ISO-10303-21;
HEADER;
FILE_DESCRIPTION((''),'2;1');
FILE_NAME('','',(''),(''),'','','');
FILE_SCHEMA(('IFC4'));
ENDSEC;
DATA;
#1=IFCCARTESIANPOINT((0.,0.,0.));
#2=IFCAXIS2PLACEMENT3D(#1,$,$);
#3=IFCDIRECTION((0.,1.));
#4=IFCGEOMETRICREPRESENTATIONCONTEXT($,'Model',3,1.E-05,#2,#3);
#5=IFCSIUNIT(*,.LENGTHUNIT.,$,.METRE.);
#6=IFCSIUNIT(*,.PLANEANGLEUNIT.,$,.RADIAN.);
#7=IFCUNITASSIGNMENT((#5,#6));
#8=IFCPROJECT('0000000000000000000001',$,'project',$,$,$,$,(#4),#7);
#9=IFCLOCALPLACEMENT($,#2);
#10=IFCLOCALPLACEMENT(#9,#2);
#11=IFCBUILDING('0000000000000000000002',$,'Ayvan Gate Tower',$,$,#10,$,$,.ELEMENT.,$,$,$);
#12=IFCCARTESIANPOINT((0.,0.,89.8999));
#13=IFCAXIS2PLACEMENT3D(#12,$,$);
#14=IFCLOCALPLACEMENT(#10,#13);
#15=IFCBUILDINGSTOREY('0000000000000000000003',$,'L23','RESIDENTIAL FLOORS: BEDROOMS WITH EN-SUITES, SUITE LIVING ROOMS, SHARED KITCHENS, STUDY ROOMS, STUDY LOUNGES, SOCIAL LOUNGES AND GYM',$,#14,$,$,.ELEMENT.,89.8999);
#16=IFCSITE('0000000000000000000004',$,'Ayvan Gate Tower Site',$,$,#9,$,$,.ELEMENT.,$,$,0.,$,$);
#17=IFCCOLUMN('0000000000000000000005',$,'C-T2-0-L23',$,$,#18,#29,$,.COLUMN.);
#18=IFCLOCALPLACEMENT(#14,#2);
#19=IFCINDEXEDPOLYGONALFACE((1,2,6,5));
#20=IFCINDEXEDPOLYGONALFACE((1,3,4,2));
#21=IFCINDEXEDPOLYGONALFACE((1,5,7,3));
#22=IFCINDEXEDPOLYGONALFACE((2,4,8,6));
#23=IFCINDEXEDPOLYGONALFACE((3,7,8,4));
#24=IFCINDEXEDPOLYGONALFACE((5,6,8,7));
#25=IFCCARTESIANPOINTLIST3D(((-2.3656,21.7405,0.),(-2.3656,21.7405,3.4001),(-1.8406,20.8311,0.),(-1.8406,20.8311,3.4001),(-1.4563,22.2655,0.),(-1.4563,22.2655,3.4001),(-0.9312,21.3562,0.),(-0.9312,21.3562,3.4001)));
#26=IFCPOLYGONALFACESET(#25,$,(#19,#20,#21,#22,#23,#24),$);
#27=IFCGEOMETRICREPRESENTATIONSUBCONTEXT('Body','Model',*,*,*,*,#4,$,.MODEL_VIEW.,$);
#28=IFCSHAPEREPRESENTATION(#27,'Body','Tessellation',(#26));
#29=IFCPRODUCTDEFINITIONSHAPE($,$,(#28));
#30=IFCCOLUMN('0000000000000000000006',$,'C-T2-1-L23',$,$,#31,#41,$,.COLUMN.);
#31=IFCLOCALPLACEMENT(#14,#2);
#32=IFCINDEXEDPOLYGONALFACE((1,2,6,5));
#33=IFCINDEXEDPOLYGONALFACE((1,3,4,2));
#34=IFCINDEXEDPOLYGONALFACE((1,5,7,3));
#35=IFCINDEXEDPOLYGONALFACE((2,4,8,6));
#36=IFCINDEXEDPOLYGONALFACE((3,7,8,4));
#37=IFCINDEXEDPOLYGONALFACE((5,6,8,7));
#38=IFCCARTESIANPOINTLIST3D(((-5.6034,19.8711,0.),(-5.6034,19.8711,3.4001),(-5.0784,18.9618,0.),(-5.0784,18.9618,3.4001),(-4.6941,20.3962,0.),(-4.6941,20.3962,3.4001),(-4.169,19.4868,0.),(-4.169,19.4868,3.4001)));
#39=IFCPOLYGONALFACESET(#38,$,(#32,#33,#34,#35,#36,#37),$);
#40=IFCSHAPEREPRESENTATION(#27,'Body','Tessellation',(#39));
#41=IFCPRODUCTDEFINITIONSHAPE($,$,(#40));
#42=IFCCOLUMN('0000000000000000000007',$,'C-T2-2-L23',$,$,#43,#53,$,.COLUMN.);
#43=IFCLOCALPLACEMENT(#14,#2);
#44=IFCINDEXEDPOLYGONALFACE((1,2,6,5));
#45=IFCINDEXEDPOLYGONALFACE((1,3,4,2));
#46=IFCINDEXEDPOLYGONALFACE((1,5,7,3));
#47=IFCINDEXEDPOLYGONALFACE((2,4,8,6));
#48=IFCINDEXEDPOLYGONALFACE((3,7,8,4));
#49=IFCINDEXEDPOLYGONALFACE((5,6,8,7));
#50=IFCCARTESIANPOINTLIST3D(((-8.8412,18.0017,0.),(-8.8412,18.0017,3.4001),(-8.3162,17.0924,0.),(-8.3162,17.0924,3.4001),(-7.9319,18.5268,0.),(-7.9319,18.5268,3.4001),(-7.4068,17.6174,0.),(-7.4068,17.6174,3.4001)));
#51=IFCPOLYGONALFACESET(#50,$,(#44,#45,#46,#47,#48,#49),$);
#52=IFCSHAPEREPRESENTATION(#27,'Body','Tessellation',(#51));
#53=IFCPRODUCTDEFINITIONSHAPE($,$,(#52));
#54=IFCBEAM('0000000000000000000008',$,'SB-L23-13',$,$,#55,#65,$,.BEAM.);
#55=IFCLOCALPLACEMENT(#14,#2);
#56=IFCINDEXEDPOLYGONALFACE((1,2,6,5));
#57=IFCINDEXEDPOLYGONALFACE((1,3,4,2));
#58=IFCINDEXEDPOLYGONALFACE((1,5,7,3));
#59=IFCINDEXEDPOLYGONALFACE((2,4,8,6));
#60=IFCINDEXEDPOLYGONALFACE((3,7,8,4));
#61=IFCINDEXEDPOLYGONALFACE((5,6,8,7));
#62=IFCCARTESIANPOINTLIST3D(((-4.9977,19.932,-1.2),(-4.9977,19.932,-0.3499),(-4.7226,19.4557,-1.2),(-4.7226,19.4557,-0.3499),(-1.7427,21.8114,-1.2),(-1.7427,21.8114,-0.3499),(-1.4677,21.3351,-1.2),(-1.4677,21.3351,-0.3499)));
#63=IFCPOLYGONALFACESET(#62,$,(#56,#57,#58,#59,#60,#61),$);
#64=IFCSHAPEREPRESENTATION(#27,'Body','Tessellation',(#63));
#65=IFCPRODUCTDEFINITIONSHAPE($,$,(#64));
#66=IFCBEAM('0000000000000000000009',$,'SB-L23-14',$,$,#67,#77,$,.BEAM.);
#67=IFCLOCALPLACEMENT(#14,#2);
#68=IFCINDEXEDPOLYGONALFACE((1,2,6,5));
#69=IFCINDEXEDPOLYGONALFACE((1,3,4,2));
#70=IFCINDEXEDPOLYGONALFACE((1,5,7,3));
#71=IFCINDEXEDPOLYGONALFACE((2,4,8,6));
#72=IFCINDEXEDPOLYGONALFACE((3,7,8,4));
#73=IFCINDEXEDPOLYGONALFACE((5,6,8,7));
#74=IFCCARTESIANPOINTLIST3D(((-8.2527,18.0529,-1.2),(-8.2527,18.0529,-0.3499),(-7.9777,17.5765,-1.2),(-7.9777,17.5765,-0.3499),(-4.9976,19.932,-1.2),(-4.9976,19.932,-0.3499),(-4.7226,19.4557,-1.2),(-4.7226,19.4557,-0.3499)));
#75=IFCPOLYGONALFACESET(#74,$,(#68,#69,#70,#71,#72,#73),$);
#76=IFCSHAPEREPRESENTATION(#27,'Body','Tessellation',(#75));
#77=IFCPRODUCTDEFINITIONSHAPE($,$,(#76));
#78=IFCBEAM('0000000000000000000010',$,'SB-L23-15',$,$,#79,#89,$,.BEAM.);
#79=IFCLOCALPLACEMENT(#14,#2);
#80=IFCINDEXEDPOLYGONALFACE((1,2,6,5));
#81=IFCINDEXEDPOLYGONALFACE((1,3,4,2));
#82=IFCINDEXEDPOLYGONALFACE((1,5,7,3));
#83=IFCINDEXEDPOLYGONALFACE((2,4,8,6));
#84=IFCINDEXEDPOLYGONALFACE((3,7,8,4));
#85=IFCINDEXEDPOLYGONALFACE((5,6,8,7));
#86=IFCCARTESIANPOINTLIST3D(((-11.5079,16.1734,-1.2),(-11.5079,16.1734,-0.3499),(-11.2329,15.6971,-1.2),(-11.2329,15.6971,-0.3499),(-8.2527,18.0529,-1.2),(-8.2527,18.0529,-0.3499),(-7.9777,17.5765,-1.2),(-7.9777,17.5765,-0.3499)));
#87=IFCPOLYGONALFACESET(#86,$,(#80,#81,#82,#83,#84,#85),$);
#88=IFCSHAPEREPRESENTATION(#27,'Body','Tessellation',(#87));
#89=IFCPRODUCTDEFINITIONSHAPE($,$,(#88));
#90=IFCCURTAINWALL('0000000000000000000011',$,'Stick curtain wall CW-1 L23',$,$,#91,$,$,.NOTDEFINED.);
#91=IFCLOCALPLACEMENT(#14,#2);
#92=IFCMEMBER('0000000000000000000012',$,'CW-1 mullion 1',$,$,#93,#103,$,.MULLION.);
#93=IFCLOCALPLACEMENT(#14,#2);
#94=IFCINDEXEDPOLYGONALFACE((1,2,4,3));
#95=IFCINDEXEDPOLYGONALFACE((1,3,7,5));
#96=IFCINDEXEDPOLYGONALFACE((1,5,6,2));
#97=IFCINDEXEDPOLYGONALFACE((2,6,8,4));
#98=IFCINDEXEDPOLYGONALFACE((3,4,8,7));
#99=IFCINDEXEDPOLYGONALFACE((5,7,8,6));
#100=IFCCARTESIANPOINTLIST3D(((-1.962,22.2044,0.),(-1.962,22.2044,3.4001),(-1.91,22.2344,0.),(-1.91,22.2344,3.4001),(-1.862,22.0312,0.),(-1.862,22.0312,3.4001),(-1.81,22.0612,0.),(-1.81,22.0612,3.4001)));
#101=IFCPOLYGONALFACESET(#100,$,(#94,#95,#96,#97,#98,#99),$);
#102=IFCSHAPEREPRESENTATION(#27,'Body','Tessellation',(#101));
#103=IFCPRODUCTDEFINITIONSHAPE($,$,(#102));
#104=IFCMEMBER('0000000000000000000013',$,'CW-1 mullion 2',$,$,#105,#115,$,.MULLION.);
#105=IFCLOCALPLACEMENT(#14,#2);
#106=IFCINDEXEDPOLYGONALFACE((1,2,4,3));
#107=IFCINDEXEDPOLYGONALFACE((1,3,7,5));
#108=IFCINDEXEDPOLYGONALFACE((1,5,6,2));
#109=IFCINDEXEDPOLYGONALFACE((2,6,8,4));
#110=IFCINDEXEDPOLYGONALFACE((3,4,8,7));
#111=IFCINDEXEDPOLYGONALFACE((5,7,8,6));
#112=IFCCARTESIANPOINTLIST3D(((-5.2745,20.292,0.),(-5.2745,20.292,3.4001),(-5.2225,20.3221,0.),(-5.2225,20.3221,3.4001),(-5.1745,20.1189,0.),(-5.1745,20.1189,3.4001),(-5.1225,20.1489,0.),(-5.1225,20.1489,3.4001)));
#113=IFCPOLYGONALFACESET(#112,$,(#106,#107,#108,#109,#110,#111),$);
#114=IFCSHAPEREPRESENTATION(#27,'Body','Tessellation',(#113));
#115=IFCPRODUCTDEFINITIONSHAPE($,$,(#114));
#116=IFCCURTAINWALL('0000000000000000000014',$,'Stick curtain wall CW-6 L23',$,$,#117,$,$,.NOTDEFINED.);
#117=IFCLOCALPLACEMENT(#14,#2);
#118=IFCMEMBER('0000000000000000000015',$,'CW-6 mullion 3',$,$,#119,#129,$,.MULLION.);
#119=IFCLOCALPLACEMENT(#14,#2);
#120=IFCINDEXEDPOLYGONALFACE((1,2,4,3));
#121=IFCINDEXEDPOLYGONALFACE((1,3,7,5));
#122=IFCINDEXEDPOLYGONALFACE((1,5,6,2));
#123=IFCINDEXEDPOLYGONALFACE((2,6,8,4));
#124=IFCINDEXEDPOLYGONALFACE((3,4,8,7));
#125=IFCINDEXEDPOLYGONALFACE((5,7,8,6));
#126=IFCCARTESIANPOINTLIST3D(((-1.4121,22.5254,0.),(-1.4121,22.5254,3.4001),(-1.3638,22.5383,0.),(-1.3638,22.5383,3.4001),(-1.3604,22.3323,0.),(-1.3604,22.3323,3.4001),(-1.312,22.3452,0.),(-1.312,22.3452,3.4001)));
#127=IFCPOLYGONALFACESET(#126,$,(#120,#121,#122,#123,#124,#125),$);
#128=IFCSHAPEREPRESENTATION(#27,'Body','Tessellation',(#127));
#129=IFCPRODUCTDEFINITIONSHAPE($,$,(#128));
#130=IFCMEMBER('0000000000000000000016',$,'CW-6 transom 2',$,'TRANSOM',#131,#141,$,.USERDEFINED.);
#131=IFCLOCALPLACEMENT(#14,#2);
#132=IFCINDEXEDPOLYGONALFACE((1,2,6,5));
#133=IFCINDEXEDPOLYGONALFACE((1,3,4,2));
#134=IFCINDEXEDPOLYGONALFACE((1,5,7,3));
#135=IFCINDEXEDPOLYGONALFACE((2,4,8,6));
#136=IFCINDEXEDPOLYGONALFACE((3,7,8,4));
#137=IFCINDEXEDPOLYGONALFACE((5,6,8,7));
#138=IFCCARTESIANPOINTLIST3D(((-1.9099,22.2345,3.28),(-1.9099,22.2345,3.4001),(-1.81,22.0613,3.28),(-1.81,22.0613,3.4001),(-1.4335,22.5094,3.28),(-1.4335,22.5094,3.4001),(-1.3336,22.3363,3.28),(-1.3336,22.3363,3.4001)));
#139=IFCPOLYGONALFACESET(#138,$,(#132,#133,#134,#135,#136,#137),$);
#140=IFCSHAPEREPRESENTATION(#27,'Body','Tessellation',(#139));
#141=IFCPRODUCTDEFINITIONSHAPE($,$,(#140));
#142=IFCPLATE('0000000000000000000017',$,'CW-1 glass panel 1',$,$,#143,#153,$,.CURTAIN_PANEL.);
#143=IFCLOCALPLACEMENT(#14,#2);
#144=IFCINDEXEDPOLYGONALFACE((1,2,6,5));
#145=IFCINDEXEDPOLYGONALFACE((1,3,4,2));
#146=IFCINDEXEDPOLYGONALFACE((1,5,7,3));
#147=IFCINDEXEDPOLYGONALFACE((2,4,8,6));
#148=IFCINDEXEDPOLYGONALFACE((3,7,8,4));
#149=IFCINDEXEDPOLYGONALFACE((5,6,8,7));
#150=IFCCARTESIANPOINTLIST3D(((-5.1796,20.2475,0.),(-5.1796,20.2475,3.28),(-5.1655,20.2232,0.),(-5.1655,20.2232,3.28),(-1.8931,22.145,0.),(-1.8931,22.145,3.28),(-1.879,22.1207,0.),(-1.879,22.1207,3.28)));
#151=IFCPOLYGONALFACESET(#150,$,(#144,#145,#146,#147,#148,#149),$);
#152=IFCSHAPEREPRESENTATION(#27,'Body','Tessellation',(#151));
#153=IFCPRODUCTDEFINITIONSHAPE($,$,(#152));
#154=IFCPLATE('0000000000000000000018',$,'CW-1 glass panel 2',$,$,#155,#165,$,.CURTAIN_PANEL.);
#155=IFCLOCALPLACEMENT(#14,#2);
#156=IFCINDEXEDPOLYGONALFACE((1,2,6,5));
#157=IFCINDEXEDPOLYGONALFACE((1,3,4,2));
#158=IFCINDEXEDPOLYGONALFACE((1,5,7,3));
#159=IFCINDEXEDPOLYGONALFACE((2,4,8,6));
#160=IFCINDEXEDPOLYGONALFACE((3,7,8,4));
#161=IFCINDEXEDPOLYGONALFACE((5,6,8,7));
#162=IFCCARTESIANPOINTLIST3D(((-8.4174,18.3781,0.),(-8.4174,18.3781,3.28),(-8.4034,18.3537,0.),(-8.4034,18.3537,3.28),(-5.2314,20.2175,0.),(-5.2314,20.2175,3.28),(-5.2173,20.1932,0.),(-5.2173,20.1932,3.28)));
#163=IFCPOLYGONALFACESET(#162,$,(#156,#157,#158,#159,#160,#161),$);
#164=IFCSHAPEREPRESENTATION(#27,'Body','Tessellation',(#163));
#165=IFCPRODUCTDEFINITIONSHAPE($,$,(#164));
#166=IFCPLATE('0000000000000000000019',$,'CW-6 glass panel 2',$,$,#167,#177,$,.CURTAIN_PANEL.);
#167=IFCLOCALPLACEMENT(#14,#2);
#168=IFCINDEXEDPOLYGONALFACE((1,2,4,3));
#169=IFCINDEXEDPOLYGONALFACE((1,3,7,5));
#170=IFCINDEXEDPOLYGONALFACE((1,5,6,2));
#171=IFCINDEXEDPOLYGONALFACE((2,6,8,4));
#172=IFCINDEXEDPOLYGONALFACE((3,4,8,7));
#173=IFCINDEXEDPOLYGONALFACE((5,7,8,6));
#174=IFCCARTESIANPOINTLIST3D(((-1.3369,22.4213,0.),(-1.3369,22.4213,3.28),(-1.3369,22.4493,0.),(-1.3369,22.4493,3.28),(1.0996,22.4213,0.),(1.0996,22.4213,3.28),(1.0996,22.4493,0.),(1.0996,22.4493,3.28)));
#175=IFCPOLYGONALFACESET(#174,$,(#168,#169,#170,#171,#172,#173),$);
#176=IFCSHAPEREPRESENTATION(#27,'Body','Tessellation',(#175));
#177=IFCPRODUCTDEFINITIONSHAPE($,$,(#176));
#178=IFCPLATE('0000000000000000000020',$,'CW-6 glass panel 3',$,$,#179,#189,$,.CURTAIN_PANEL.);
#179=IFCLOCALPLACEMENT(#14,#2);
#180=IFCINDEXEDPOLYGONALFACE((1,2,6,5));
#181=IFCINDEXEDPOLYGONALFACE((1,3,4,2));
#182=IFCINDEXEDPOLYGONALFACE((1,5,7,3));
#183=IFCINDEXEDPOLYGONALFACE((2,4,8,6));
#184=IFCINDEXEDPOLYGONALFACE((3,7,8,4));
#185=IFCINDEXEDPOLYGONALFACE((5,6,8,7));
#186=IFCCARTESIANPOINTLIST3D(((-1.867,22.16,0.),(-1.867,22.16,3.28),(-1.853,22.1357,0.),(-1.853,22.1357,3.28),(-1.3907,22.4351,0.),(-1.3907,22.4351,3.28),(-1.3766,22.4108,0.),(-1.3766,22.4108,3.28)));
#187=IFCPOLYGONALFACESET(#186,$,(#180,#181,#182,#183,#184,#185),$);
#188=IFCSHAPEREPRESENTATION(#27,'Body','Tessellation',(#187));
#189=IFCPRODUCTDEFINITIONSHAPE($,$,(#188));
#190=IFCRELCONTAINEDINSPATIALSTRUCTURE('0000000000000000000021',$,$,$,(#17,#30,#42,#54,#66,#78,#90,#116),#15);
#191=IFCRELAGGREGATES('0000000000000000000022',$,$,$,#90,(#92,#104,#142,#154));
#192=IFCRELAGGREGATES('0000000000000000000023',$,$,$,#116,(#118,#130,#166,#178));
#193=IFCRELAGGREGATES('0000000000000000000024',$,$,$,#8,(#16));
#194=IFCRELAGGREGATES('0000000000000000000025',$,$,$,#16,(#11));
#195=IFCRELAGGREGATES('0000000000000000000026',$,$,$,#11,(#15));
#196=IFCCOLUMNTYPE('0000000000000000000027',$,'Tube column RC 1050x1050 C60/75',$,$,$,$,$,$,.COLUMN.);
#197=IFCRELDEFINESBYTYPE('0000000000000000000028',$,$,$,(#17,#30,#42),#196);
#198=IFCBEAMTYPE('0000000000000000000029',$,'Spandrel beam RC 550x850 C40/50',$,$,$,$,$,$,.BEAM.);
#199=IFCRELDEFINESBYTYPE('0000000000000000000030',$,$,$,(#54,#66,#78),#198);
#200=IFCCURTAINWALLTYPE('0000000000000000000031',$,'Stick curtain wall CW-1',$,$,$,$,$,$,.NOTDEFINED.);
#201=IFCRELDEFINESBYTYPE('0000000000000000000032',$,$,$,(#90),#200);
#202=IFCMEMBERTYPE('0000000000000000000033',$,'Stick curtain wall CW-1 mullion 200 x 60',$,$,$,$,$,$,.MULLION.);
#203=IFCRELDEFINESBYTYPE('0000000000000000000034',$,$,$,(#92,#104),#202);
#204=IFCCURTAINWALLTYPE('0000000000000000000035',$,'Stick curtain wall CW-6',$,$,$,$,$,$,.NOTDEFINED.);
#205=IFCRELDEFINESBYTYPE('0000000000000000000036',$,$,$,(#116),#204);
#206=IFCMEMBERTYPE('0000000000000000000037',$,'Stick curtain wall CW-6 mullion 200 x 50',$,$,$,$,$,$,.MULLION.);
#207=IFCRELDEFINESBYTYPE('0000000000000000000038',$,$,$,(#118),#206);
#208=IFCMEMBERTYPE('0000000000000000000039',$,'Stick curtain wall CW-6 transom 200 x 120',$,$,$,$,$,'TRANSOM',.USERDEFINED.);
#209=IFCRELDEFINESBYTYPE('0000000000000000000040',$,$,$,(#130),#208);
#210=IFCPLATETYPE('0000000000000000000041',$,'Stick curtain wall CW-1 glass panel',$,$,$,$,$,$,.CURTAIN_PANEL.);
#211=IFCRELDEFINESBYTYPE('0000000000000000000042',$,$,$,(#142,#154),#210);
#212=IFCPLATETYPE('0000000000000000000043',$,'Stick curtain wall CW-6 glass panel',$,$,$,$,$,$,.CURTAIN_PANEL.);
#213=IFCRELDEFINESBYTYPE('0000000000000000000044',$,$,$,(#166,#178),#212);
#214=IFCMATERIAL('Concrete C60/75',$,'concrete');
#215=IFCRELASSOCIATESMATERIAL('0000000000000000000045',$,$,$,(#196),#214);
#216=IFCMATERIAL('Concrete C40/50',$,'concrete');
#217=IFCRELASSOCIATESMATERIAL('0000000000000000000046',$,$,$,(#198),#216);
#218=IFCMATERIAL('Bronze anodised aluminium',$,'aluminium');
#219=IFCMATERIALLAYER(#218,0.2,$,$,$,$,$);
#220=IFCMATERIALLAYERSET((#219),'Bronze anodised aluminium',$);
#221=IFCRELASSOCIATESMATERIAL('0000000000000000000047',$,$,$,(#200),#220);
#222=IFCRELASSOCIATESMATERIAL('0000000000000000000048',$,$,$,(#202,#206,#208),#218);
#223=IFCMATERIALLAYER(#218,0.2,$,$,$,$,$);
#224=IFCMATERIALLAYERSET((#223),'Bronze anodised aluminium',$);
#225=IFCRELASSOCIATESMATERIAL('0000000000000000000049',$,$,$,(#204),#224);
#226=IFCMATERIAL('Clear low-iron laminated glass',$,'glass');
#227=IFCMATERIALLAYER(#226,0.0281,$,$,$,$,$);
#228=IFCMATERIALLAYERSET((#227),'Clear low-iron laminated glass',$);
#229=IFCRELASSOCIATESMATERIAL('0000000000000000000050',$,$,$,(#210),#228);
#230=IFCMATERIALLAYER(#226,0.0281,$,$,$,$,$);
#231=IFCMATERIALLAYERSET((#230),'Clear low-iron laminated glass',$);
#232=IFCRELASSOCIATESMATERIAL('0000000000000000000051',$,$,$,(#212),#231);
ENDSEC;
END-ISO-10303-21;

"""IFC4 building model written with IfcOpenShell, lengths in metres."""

from ifc_helpers import new_model, si_unit, direction, frame, origin, origin_2d, place, context, subcontext, project, spatial, rectangle, extrude, material, layer, layer_set, material_profile, profile_set, type_object, element, aggregate, save


model = new_model("IFC4")

# Units and contexts
model_context = context("Model", 3, precision=1e-05, world=origin(), true_north=direction((0.0, 1.0)))
body_context = subcontext(model_context, "Body", "Model", "MODEL_VIEW")
ifc_project = project(units=[si_unit("LENGTHUNIT", "METRE"), si_unit("PLANEANGLEUNIT", "RADIAN")], contexts=[model_context])

# Site, building, storey
site_placement = place(None, origin())
site = spatial("IfcSite", under=ifc_project, at=site_placement, Name="Ayvan Gate Tower Site", CompositionType="ELEMENT", RefElevation=0.0)
building_placement = place(site_placement, origin())
building = spatial("IfcBuilding", under=site, at=building_placement, Name="Ayvan Gate Tower", CompositionType="ELEMENT")
storey_placement = place(building_placement, frame((0.0, 0.0, 89.8999)))
storey = spatial("IfcBuildingStorey", under=building, at=storey_placement, Name="L23", Description="RESIDENTIAL FLOORS: BEDROOMS WITH EN-SUITES, SUITE LIVING ROOMS, SHARED KITCHENS, STUDY ROOMS, STUDY LOUNGES, SOCIAL LOUNGES AND GYM", CompositionType="ELEMENT", Elevation=89.8999)

# Columns
ifc_material_1 = material(Name="Concrete C60/75", Category="concrete")
ifc_material_profile_1 = material_profile(ifc_material_1, rectangle(XDim=1.05, YDim=1.05, at=origin_2d()), Name="RC 1050x1050")
ifc_profile_set_1 = profile_set([ifc_material_profile_1], Name="Concrete C60/75")
column_type = type_object("IfcColumnType", Name="Tube column RC 1050x1050 C60/75", PredefinedType="COLUMN", material=ifc_profile_set_1)
for number, where, z_axis, x_axis, name in (
    (1, (-1.6484, 21.5483, 0.0), (0.0, 0.0, 1.0), (-0.5, 0.866025, 0.0), "C-T2-0-L23"),
    (2, (-4.8862, 19.679, 0.0), (0.0, 0.0, 1.0), (-0.5, 0.866025, 0.0), "C-T2-1-L23"),
    (3, (-8.124, 17.8096, 0.0), (0.0, 0.0, 1.0), (-0.5, 0.866025, 0.0), "C-T2-2-L23"),
):
    element("IfcColumn", number, at=place(storey_placement, frame(where, z_axis=z_axis, x_axis=x_axis)), inside=storey, type_object=column_type, Name=name, PredefinedType="COLUMN", context=body_context, shape_type="SweptSolid", body=[
        extrude(rectangle(XDim=1.05, YDim=1.05, at=origin_2d()), origin(), (0.0, 0.0, 1.0), 3.4001),
    ])

# Beams
ifc_material_2 = material(Name="Concrete C40/50", Category="concrete")
ifc_material_profile_2 = material_profile(ifc_material_2, rectangle(XDim=0.55, YDim=0.8501, at=origin_2d()), Name="RC 550x850")
ifc_profile_set_2 = profile_set([ifc_material_profile_2], Name="Concrete C40/50")
beam_type = type_object("IfcBeamType", Name="Spandrel beam RC 550x850 C40/50", PredefinedType="BEAM", material=ifc_profile_set_2)
for number, where, z_axis, x_axis, name in (
    (4, (-1.6052, 21.5732, -0.7749), (-0.866004, -0.500037, 0.0), (0.500037, -0.866004, 0.0), "SB-L23-13"),
    (5, (-4.8601, 19.6938, -0.7749), (-0.866048, -0.49996, 0.0), (0.49996, -0.866048, 0.0), "SB-L23-14"),
):
    element("IfcBeam", number, at=place(storey_placement, frame(where, z_axis=z_axis, x_axis=x_axis)), inside=storey, type_object=beam_type, Name=name, PredefinedType="BEAM", context=body_context, shape_type="SweptSolid", body=[
        extrude(rectangle(XDim=0.55, YDim=0.8501, at=origin_2d()), origin(), (0.0, 0.0, 1.0), 3.7585),
    ])
beam_placement = place(storey_placement, frame((-8.1152, 17.8147, -0.7749), z_axis=(-0.86602, -0.500009, 0.0), x_axis=(0.500009, -0.86602, 0.0)))
element("IfcBeam", 6, at=beam_placement, inside=storey, type_object=beam_type, Name="SB-L23-15", PredefinedType="BEAM", context=body_context, shape_type="SweptSolid", body=[
    extrude(rectangle(XDim=0.55, YDim=0.8501, at=origin_2d()), origin(), (0.0, 0.0, 1.0), 3.7588),
])

# Curtain walls, members
ifc_material_3 = material(Name="Bronze anodised aluminium", Category="aluminium")
ifc_layer_1 = layer(ifc_material_3, 0.2)
ifc_layer_set_1 = layer_set([ifc_layer_1], Name="Bronze anodised aluminium")
curtain_wall_type_1 = type_object("IfcCurtainWallType", Name="Stick curtain wall CW-1", PredefinedType="NOTDEFINED", material=ifc_layer_set_1)
curtain_wall_1_placement = place(storey_placement, origin())
curtain_wall_1 = element("IfcCurtainWall", 7, at=curtain_wall_1_placement, inside=storey, type_object=curtain_wall_type_1, Name="Stick curtain wall CW-1 L23", PredefinedType="NOTDEFINED")
ifc_material_profile_3 = material_profile(ifc_material_3, rectangle(XDim=0.2, YDim=0.0601, at=origin_2d()), Name="Stick curtain wall CW-1 mullion 200 x 60")
ifc_profile_set_3 = profile_set([ifc_material_profile_3], Name="Bronze anodised aluminium")
member_type_1 = type_object("IfcMemberType", Name="Stick curtain wall CW-1 mullion 200 x 60", PredefinedType="MULLION", material=ifc_profile_set_3)
member_1_placement = place(storey_placement, frame((-1.886, 22.1328, 0.0), z_axis=(0.0, 0.0, 1.0), x_axis=(-0.5, 0.866025, 0.0)))
member_1 = element("IfcMember", 8, at=member_1_placement, type_object=member_type_1, Name="CW-1 mullion 1", PredefinedType="MULLION", context=body_context, shape_type="SweptSolid", body=[
    extrude(rectangle(XDim=0.2, YDim=0.0601, at=origin_2d()), origin(), (0.0, 0.0, 1.0), 3.4001),
])
member_2_placement = place(storey_placement, frame((-5.1985, 20.2205, 0.0), z_axis=(0.0, 0.0, 1.0), x_axis=(-0.5, 0.866025, 0.0)))
member_2 = element("IfcMember", 9, at=member_2_placement, type_object=member_type_1, Name="CW-1 mullion 2", PredefinedType="MULLION", context=body_context, shape_type="SweptSolid", body=[
    extrude(rectangle(XDim=0.2, YDim=0.0601, at=origin_2d()), origin(), (0.0, 0.0, 1.0), 3.4001),
])
ifc_layer_2 = layer(ifc_material_3, 0.2)
ifc_layer_set_2 = layer_set([ifc_layer_2], Name="Bronze anodised aluminium")
curtain_wall_type_2 = type_object("IfcCurtainWallType", Name="Stick curtain wall CW-6", PredefinedType="NOTDEFINED", material=ifc_layer_set_2)
curtain_wall_2_placement = place(storey_placement, origin())
curtain_wall_2 = element("IfcCurtainWall", 10, at=curtain_wall_2_placement, inside=storey, type_object=curtain_wall_type_2, Name="Stick curtain wall CW-6 L23", PredefinedType="NOTDEFINED")
ifc_material_profile_4 = material_profile(ifc_material_3, rectangle(XDim=0.2, YDim=0.05, at=origin_2d()), Name="Stick curtain wall CW-6 mullion 200 x 50")
ifc_profile_set_4 = profile_set([ifc_material_profile_4], Name="Bronze anodised aluminium")
member_type_2 = type_object("IfcMemberType", Name="Stick curtain wall CW-6 mullion 200 x 50", PredefinedType="MULLION", material=ifc_profile_set_4)
member_3_placement = place(storey_placement, frame((-1.3621, 22.4353, 0.0), z_axis=(0.0, 0.0, 1.0), x_axis=(-0.258819, 0.965926, 0.0)))
member_3 = element("IfcMember", 11, at=member_3_placement, type_object=member_type_2, Name="CW-6 mullion 3", PredefinedType="MULLION", context=body_context, shape_type="SweptSolid", body=[
    extrude(rectangle(XDim=0.2, YDim=0.05, at=origin_2d()), origin(), (0.0, 0.0, 1.0), 3.4001),
])
ifc_material_profile_5 = material_profile(ifc_material_3, rectangle(XDim=0.2, YDim=0.1201, at=origin_2d()), Name="Stick curtain wall CW-6 transom 200 x 120")
ifc_profile_set_5 = profile_set([ifc_material_profile_5], Name="Bronze anodised aluminium")
member_type_3 = type_object("IfcMemberType", Name="Stick curtain wall CW-6 transom 200 x 120", ElementType="TRANSOM", PredefinedType="USERDEFINED", material=ifc_profile_set_5)
member_4_placement = place(storey_placement, frame((-1.3835, 22.4229, 3.3401), z_axis=(-0.866104, -0.499863, 0.0), x_axis=(0.499863, -0.866104, 0.0)))
member_4 = element("IfcMember", 12, at=member_4_placement, type_object=member_type_3, Name="CW-6 transom 2", ObjectType="TRANSOM", PredefinedType="USERDEFINED", context=body_context, shape_type="SweptSolid", body=[
    extrude(rectangle(XDim=0.2, YDim=0.1201, at=origin_2d()), origin(), (0.0, 0.0, 1.0), 0.55),
])

# Plates
ifc_material_4 = material(Name="Clear low-iron laminated glass", Category="glass")
ifc_layer_3 = layer(ifc_material_4, 0.0281)
ifc_layer_set_3 = layer_set([ifc_layer_3], Name="Clear low-iron laminated glass")
plate_type_1 = type_object("IfcPlateType", Name="Stick curtain wall CW-1 glass panel", PredefinedType="CURTAIN_PANEL", material=ifc_layer_set_3)
plate_1_placement = place(storey_placement, frame((-3.5293, 21.1841, 0.0), z_axis=(0.0, 0.0, 1.0), x_axis=(-0.866025, -0.5, 0.0)))
plate_1 = element("IfcPlate", 13, at=plate_1_placement, type_object=plate_type_1, Name="CW-1 glass panel 1", PredefinedType="CURTAIN_PANEL", context=body_context, shape_type="SweptSolid", body=[
    extrude(rectangle(XDim=3.7949, YDim=0.0281, at=origin_2d()), origin(), (0.0, 0.0, 1.0), 3.28),
])
plate_2_placement = place(storey_placement, frame((-6.8174, 19.2856, 0.0), z_axis=(0.0, 0.0, 1.0), x_axis=(-0.866025, -0.5, 0.0)))
plate_2 = element("IfcPlate", 14, at=plate_2_placement, type_object=plate_type_1, Name="CW-1 glass panel 2", PredefinedType="CURTAIN_PANEL", context=body_context, shape_type="SweptSolid", body=[
    extrude(rectangle(XDim=3.679, YDim=0.0281, at=origin_2d()), origin(), (0.0, 0.0, 1.0), 3.28),
])
aggregate(curtain_wall_1, [member_1, member_2, plate_1, plate_2])
ifc_layer_4 = layer(ifc_material_4, 0.0281)
ifc_layer_set_4 = layer_set([ifc_layer_4], Name="Clear low-iron laminated glass")
plate_type_2 = type_object("IfcPlateType", Name="Stick curtain wall CW-6 glass panel", PredefinedType="CURTAIN_PANEL", material=ifc_layer_set_4)
plate_3_placement = place(storey_placement, frame((-0.1187, 22.4353, 0.0), z_axis=(0.0, 0.0, 1.0), x_axis=(-1.0, 0.0, 0.0)))
plate_3 = element("IfcPlate", 15, at=plate_3_placement, type_object=plate_type_2, Name="CW-6 glass panel 2", PredefinedType="CURTAIN_PANEL", context=body_context, shape_type="SweptSolid", body=[
    extrude(rectangle(XDim=2.4365, YDim=0.0281, at=origin_2d()), origin(), (0.0, 0.0, 1.0), 3.28),
])
plate_4_placement = place(storey_placement, frame((-1.6218, 22.2854, 0.0), z_axis=(0.0, 0.0, 1.0), x_axis=(-0.866025, -0.5, 0.0)))
plate_4 = element("IfcPlate", 16, at=plate_4_placement, type_object=plate_type_2, Name="CW-6 glass panel 3", PredefinedType="CURTAIN_PANEL", context=body_context, shape_type="SweptSolid", body=[
    extrude(rectangle(XDim=0.55, YDim=0.0281, at=origin_2d()), origin(), (0.0, 0.0, 1.0), 3.28),
])
aggregate(curtain_wall_2, [member_3, member_4, plate_3, plate_4])

save(model, "model.ifc")
